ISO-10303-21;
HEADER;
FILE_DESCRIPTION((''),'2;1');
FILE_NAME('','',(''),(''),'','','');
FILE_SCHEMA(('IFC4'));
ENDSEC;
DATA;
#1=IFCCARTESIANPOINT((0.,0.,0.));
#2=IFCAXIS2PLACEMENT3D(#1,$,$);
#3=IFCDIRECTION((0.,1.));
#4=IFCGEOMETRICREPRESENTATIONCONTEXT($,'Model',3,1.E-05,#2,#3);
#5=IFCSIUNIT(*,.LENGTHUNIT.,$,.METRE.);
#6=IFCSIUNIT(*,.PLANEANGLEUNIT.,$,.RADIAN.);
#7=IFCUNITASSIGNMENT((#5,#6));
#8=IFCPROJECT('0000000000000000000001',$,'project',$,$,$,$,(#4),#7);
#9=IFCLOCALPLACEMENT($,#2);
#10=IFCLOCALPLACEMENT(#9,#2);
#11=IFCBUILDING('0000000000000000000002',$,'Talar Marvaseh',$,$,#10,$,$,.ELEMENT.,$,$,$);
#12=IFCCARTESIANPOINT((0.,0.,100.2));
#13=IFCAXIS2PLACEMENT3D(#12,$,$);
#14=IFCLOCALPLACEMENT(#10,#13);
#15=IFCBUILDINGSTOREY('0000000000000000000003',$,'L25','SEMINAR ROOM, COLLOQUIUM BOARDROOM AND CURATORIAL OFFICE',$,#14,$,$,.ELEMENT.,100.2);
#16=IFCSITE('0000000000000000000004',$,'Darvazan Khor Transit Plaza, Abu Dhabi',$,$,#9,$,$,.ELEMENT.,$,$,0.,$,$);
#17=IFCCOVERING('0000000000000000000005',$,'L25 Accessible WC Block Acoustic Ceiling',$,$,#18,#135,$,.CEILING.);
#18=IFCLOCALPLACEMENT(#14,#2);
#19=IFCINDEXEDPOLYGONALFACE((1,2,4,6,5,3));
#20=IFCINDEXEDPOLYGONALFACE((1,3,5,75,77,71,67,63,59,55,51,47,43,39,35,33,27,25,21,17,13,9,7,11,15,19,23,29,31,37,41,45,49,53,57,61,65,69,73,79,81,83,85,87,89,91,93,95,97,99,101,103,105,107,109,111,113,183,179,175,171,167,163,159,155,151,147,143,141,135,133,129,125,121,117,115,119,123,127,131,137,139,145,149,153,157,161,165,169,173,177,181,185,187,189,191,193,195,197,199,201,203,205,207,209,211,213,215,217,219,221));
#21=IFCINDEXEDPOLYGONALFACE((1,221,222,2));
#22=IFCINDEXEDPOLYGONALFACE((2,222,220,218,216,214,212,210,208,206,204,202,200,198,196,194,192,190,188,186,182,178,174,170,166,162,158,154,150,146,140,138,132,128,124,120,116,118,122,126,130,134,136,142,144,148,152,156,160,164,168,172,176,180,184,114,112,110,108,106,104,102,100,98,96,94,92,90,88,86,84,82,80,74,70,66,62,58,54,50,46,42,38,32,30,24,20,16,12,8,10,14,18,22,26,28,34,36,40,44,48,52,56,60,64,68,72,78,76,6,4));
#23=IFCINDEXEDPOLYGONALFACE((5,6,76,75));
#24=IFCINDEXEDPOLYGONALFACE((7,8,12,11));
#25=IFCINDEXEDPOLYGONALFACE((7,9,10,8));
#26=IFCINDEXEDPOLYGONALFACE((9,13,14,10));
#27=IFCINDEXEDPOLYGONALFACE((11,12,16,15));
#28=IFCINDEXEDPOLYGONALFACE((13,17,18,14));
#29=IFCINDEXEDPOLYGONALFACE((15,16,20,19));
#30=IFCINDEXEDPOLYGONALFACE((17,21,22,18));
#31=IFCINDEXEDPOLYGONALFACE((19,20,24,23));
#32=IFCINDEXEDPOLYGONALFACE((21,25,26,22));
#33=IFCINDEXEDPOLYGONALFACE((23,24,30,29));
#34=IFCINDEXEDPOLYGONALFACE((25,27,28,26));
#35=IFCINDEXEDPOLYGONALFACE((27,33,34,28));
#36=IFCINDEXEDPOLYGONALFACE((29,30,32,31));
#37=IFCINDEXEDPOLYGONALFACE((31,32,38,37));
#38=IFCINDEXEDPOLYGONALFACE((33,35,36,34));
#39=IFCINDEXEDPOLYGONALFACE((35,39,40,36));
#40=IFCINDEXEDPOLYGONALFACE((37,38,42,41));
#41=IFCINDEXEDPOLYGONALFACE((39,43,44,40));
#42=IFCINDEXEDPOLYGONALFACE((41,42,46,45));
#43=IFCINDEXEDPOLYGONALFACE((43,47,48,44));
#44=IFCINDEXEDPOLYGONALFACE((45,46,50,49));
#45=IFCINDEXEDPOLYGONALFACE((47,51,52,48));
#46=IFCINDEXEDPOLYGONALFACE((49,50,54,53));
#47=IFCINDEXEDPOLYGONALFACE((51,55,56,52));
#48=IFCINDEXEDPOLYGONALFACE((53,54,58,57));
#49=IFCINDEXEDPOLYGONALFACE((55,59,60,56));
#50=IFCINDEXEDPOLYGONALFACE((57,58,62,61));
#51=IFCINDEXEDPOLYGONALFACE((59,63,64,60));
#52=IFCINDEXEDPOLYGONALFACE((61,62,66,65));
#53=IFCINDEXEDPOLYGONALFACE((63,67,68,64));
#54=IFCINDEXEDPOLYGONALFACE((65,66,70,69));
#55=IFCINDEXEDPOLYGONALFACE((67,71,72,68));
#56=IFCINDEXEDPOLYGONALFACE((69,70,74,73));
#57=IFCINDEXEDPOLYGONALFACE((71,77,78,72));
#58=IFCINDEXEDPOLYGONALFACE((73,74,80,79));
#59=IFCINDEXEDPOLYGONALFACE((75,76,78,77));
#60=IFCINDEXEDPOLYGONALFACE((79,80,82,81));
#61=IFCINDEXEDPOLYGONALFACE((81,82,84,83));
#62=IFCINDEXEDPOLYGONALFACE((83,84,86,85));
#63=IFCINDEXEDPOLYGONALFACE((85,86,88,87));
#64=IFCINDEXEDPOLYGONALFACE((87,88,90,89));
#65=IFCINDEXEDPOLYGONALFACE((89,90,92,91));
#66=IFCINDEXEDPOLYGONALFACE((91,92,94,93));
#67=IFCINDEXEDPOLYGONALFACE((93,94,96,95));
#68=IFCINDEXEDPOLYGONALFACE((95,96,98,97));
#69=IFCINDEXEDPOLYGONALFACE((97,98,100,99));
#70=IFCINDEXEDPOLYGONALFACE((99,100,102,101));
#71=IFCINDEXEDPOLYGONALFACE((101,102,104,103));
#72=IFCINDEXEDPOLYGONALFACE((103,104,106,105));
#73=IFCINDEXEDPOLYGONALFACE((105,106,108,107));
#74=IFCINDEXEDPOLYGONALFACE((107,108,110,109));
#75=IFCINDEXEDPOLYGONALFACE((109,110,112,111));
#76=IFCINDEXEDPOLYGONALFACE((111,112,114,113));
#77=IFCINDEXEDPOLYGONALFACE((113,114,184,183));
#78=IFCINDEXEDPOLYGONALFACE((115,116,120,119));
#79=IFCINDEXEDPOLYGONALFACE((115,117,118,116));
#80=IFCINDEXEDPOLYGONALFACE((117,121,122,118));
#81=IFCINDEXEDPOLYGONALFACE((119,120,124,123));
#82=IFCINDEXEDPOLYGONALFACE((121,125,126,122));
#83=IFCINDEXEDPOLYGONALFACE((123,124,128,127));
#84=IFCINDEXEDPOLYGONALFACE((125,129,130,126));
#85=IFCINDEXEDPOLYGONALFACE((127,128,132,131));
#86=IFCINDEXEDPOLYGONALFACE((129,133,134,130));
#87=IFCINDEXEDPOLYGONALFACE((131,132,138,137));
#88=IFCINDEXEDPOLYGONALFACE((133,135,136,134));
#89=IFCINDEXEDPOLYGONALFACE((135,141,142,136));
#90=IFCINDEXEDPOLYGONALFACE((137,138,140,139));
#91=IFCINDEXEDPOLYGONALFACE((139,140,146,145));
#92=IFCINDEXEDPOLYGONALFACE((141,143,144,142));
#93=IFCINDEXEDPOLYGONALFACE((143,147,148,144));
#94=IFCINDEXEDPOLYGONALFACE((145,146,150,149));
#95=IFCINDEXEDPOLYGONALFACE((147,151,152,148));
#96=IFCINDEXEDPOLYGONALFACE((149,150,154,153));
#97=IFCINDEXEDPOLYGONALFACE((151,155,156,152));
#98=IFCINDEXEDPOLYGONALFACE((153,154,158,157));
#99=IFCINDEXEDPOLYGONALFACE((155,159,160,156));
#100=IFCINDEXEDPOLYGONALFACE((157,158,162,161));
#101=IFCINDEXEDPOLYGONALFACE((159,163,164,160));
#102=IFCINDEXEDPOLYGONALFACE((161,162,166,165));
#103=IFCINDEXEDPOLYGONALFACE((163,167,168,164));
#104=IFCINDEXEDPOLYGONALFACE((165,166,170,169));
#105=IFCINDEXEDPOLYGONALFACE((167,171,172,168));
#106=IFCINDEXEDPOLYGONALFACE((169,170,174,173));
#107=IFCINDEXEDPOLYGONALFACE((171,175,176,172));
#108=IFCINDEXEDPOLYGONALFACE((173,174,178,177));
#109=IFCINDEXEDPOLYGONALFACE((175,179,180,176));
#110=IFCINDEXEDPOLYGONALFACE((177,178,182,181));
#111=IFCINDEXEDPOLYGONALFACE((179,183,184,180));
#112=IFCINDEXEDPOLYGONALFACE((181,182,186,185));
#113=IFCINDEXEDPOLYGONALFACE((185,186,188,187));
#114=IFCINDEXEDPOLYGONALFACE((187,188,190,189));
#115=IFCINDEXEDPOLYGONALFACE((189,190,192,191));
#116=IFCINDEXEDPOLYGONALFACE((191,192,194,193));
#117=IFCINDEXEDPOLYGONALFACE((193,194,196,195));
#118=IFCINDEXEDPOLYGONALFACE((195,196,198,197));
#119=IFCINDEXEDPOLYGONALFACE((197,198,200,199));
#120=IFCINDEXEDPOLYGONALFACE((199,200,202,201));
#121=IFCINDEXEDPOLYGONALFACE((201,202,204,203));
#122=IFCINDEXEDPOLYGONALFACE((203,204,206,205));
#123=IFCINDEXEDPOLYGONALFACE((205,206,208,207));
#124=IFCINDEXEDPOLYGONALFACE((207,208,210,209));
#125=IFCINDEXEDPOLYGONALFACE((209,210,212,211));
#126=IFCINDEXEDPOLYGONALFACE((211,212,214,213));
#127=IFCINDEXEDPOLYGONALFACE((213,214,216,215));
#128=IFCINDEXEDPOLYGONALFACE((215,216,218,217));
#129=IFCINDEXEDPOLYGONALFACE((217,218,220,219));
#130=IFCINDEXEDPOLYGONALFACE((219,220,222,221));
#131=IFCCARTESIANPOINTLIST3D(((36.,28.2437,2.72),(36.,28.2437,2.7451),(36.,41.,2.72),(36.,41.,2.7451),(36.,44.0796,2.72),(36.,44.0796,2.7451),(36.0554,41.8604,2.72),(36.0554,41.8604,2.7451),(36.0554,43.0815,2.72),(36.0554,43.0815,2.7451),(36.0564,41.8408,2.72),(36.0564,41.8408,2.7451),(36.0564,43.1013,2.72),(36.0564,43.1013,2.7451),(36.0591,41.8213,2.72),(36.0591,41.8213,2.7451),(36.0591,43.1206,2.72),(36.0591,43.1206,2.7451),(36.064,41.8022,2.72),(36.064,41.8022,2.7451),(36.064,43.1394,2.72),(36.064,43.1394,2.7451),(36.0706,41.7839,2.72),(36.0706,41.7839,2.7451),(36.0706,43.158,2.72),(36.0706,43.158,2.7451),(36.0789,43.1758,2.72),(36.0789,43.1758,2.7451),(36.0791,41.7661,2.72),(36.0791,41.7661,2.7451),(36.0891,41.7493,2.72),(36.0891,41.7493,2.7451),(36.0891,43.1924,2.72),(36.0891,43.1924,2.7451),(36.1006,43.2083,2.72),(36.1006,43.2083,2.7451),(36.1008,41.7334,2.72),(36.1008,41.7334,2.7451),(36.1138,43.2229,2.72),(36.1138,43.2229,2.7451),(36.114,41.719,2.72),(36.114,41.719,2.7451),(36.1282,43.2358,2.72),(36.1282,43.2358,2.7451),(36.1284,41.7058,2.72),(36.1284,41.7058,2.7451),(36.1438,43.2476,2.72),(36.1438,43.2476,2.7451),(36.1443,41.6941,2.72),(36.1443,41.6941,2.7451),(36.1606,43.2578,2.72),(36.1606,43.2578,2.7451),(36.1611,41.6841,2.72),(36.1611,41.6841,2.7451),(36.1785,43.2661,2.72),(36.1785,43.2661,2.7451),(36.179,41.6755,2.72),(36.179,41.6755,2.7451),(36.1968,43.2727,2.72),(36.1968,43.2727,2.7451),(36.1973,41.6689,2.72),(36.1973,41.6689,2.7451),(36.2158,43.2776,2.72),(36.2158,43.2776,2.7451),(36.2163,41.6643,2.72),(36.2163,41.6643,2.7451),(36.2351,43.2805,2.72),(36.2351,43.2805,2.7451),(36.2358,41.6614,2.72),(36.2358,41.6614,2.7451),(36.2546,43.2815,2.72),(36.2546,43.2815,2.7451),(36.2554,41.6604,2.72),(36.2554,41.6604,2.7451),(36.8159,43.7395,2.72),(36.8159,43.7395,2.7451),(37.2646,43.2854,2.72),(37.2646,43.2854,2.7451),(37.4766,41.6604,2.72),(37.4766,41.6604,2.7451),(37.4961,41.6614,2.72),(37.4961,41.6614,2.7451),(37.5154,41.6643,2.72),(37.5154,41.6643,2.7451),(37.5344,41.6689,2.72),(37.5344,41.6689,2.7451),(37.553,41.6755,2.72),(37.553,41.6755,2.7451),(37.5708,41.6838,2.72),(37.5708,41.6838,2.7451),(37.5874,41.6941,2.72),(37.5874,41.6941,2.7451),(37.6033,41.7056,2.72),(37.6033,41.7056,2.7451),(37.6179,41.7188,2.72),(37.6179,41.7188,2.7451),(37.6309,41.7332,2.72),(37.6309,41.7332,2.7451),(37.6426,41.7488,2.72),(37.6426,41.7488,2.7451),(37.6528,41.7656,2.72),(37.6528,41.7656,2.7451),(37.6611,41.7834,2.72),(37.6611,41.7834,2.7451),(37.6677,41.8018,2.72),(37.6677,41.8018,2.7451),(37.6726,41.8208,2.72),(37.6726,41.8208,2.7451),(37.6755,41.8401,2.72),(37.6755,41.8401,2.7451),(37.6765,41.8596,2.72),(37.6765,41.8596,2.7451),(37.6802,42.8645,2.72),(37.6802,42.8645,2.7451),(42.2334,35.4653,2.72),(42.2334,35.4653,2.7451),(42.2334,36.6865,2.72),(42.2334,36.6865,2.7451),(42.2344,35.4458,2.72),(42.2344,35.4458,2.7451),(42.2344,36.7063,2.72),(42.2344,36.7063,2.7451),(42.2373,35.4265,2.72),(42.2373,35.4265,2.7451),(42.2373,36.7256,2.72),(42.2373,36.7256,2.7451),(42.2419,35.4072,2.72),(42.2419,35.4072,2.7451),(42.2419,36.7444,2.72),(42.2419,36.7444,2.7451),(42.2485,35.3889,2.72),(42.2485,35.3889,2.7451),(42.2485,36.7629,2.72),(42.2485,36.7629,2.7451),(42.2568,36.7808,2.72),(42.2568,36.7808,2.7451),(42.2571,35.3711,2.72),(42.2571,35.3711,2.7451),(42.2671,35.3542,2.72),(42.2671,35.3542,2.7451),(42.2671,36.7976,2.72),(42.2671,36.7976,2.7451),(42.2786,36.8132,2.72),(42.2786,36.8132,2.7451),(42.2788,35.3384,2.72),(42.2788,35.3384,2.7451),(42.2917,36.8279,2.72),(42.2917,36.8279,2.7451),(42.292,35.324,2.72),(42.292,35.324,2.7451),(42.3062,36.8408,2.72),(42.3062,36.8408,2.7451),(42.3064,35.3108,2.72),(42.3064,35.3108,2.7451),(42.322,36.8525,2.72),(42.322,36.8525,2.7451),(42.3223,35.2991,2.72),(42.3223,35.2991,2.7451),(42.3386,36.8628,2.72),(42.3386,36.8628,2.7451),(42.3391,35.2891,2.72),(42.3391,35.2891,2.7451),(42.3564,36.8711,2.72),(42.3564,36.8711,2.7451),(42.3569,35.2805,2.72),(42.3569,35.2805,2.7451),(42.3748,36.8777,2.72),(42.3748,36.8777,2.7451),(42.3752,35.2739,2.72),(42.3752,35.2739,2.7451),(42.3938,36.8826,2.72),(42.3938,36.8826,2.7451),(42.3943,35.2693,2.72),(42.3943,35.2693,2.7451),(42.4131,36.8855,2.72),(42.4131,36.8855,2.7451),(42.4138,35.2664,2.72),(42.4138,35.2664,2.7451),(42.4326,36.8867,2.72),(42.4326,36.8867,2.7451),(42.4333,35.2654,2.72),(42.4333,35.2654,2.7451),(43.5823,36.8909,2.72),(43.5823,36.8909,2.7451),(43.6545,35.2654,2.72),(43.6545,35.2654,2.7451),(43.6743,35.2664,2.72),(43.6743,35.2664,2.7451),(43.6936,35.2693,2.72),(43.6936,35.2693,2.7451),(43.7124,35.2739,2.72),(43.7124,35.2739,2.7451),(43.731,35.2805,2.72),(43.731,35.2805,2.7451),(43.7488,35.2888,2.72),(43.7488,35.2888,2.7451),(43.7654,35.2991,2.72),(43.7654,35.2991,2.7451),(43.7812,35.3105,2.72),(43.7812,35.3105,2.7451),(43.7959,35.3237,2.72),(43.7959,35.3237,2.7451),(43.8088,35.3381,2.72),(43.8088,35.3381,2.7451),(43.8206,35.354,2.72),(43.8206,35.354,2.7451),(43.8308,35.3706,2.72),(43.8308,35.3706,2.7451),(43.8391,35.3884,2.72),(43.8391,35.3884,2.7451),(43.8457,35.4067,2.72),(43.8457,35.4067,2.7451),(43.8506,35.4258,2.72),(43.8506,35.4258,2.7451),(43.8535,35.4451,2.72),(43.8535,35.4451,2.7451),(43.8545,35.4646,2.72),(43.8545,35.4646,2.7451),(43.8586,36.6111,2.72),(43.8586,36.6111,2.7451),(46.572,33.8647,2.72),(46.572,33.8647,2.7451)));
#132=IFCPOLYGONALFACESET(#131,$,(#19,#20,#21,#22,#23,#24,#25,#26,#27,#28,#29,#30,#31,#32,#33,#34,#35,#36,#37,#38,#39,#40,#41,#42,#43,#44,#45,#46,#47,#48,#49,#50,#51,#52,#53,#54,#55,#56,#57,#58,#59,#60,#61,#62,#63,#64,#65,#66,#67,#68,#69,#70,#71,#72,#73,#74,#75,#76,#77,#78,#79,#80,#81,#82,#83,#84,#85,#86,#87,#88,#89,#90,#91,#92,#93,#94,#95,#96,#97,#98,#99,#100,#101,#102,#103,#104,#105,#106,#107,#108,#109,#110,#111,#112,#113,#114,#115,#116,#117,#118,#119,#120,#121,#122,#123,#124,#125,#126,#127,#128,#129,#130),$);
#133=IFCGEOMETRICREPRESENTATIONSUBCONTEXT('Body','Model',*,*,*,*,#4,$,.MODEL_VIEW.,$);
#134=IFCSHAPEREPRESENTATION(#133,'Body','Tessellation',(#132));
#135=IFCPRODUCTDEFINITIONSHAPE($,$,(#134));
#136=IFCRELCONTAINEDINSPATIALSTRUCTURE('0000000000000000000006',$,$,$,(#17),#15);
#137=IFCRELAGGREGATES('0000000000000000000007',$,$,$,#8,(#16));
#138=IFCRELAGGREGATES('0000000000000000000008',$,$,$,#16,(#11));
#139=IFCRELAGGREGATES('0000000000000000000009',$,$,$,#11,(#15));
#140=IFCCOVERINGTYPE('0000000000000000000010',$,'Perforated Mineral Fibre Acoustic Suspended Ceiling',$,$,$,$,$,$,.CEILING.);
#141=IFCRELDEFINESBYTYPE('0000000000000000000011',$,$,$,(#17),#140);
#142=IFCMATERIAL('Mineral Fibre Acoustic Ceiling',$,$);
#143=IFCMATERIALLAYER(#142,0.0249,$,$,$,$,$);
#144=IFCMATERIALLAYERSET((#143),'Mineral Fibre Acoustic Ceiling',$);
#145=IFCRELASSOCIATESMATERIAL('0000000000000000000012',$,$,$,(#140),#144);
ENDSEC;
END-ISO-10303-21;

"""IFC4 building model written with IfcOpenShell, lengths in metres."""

from ifc_helpers import new_model, si_unit, direction, frame, origin, place, context, subcontext, project, spatial, polyline, outline, extrude, material, layer, layer_set, type_object, element, save


model = new_model("IFC4")

# Units and contexts
model_context = context("Model", 3, precision=1e-05, world=origin(), true_north=direction((0.0, 1.0)))
body_context = subcontext(model_context, "Body", "Model", "MODEL_VIEW")
ifc_project = project(units=[si_unit("LENGTHUNIT", "METRE"), si_unit("PLANEANGLEUNIT", "RADIAN")], contexts=[model_context])

# Site, building, storey
site_placement = place(None, origin())
site = spatial("IfcSite", under=ifc_project, at=site_placement, Name="Darvazan Khor Transit Plaza, Abu Dhabi", CompositionType="ELEMENT", RefElevation=0.0)
building_placement = place(site_placement, origin())
building = spatial("IfcBuilding", under=site, at=building_placement, Name="Talar Marvaseh", CompositionType="ELEMENT")
storey_placement = place(building_placement, frame((0.0, 0.0, 100.2)))
storey = spatial("IfcBuildingStorey", under=building, at=storey_placement, Name="L25", Description="SEMINAR ROOM, COLLOQUIUM BOARDROOM AND CURATORIAL OFFICE", CompositionType="ELEMENT", Elevation=100.2)

# Covering
ifc_material_1 = material(Name="Mineral Fibre Acoustic Ceiling")
ifc_layer_1 = layer(ifc_material_1, 0.0249)
ifc_layer_set_1 = layer_set([ifc_layer_1], Name="Mineral Fibre Acoustic Ceiling")
covering_type_1 = type_object("IfcCoveringType", Name="Perforated Mineral Fibre Acoustic Suspended Ceiling", PredefinedType="CEILING", material=ifc_layer_set_1)
covering_1_placement = place(storey_placement, frame((0.0, 0.0, 2.72)))
element("IfcCovering", 1, at=covering_1_placement, inside=storey, type_object=covering_type_1, Name="L25 Accessible WC Block Acoustic Ceiling", PredefinedType="CEILING", context=body_context, shape_type="SweptSolid", body=[
    extrude(outline(polyline([(36.2546, 43.2815), (36.2351, 43.2805), (36.2158, 43.2776), (36.1968, 43.2727), (36.1785, 43.2661), (36.1606, 43.2578), (36.1438, 43.2476), (36.1282, 43.2358), (36.1138, 43.2229), (36.1006, 43.2083), (36.0891, 43.1924), (36.0789, 43.1758), (36.0706, 43.158), (36.064, 43.1394), (36.0591, 43.1206), (36.0564, 43.1013), (36.0554, 43.0815), (36.0554, 41.8604), (36.0564, 41.8408), (36.0591, 41.8213), (36.064, 41.8022), (36.0706, 41.7839), (36.0791, 41.7661), (36.0891, 41.7493), (36.1008, 41.7334), (36.114, 41.719), (36.1284, 41.7058), (36.1443, 41.6941), (36.1611, 41.6841), (36.179, 41.6755), (36.1973, 41.6689), (36.2163, 41.6643), (36.2358, 41.6614), (36.2554, 41.6604), (37.4766, 41.6604), (37.4961, 41.6614), (37.5154, 41.6643), (37.5344, 41.6689), (37.553, 41.6755), (37.5708, 41.6838), (37.5874, 41.6941), (37.6033, 41.7056), (37.6179, 41.7188), (37.6309, 41.7332), (37.6426, 41.7488), (37.6528, 41.7656), (37.6611, 41.7834), (37.6677, 41.8018), (37.6726, 41.8208), (37.6755, 41.8401), (37.6765, 41.8596), (37.6802, 42.8645), (43.5823, 36.8909), (42.4326, 36.8867), (42.4131, 36.8855), (42.3938, 36.8826), (42.3748, 36.8777), (42.3564, 36.8711), (42.3386, 36.8628), (42.322, 36.8525), (42.3062, 36.8408), (42.2917, 36.8279), (42.2786, 36.8132), (42.2671, 36.7976), (42.2568, 36.7808), (42.2485, 36.7629), (42.2419, 36.7444), (42.2373, 36.7256), (42.2344, 36.7063), (42.2334, 36.6865), (42.2334, 35.4653), (42.2344, 35.4458), (42.2373, 35.4265), (42.2419, 35.4072), (42.2485, 35.3889), (42.2571, 35.3711), (42.2671, 35.3542), (42.2788, 35.3384), (42.292, 35.324), (42.3064, 35.3108), (42.3223, 35.2991), (42.3391, 35.2891), (42.3569, 35.2805), (42.3752, 35.2739), (42.3943, 35.2693), (42.4138, 35.2664), (42.4333, 35.2654), (43.6545, 35.2654), (43.6743, 35.2664), (43.6936, 35.2693), (43.7124, 35.2739), (43.731, 35.2805), (43.7488, 35.2888), (43.7654, 35.2991), (43.7812, 35.3105), (43.7959, 35.3237), (43.8088, 35.3381), (43.8206, 35.354), (43.8308, 35.3706), (43.8391, 35.3884), (43.8457, 35.4067), (43.8506, 35.4258), (43.8535, 35.4451), (43.8545, 35.4646), (43.8586, 36.6111), (46.572, 33.8647), (36.0, 28.2437), (36.0, 41.0), (36.0, 44.0796), (36.8159, 43.7395), (37.2646, 43.2854), (36.2546, 43.2815)])), origin(), (0.0, 0.0, 1.0), 0.0251),
])

save(model, "model.ifc")
